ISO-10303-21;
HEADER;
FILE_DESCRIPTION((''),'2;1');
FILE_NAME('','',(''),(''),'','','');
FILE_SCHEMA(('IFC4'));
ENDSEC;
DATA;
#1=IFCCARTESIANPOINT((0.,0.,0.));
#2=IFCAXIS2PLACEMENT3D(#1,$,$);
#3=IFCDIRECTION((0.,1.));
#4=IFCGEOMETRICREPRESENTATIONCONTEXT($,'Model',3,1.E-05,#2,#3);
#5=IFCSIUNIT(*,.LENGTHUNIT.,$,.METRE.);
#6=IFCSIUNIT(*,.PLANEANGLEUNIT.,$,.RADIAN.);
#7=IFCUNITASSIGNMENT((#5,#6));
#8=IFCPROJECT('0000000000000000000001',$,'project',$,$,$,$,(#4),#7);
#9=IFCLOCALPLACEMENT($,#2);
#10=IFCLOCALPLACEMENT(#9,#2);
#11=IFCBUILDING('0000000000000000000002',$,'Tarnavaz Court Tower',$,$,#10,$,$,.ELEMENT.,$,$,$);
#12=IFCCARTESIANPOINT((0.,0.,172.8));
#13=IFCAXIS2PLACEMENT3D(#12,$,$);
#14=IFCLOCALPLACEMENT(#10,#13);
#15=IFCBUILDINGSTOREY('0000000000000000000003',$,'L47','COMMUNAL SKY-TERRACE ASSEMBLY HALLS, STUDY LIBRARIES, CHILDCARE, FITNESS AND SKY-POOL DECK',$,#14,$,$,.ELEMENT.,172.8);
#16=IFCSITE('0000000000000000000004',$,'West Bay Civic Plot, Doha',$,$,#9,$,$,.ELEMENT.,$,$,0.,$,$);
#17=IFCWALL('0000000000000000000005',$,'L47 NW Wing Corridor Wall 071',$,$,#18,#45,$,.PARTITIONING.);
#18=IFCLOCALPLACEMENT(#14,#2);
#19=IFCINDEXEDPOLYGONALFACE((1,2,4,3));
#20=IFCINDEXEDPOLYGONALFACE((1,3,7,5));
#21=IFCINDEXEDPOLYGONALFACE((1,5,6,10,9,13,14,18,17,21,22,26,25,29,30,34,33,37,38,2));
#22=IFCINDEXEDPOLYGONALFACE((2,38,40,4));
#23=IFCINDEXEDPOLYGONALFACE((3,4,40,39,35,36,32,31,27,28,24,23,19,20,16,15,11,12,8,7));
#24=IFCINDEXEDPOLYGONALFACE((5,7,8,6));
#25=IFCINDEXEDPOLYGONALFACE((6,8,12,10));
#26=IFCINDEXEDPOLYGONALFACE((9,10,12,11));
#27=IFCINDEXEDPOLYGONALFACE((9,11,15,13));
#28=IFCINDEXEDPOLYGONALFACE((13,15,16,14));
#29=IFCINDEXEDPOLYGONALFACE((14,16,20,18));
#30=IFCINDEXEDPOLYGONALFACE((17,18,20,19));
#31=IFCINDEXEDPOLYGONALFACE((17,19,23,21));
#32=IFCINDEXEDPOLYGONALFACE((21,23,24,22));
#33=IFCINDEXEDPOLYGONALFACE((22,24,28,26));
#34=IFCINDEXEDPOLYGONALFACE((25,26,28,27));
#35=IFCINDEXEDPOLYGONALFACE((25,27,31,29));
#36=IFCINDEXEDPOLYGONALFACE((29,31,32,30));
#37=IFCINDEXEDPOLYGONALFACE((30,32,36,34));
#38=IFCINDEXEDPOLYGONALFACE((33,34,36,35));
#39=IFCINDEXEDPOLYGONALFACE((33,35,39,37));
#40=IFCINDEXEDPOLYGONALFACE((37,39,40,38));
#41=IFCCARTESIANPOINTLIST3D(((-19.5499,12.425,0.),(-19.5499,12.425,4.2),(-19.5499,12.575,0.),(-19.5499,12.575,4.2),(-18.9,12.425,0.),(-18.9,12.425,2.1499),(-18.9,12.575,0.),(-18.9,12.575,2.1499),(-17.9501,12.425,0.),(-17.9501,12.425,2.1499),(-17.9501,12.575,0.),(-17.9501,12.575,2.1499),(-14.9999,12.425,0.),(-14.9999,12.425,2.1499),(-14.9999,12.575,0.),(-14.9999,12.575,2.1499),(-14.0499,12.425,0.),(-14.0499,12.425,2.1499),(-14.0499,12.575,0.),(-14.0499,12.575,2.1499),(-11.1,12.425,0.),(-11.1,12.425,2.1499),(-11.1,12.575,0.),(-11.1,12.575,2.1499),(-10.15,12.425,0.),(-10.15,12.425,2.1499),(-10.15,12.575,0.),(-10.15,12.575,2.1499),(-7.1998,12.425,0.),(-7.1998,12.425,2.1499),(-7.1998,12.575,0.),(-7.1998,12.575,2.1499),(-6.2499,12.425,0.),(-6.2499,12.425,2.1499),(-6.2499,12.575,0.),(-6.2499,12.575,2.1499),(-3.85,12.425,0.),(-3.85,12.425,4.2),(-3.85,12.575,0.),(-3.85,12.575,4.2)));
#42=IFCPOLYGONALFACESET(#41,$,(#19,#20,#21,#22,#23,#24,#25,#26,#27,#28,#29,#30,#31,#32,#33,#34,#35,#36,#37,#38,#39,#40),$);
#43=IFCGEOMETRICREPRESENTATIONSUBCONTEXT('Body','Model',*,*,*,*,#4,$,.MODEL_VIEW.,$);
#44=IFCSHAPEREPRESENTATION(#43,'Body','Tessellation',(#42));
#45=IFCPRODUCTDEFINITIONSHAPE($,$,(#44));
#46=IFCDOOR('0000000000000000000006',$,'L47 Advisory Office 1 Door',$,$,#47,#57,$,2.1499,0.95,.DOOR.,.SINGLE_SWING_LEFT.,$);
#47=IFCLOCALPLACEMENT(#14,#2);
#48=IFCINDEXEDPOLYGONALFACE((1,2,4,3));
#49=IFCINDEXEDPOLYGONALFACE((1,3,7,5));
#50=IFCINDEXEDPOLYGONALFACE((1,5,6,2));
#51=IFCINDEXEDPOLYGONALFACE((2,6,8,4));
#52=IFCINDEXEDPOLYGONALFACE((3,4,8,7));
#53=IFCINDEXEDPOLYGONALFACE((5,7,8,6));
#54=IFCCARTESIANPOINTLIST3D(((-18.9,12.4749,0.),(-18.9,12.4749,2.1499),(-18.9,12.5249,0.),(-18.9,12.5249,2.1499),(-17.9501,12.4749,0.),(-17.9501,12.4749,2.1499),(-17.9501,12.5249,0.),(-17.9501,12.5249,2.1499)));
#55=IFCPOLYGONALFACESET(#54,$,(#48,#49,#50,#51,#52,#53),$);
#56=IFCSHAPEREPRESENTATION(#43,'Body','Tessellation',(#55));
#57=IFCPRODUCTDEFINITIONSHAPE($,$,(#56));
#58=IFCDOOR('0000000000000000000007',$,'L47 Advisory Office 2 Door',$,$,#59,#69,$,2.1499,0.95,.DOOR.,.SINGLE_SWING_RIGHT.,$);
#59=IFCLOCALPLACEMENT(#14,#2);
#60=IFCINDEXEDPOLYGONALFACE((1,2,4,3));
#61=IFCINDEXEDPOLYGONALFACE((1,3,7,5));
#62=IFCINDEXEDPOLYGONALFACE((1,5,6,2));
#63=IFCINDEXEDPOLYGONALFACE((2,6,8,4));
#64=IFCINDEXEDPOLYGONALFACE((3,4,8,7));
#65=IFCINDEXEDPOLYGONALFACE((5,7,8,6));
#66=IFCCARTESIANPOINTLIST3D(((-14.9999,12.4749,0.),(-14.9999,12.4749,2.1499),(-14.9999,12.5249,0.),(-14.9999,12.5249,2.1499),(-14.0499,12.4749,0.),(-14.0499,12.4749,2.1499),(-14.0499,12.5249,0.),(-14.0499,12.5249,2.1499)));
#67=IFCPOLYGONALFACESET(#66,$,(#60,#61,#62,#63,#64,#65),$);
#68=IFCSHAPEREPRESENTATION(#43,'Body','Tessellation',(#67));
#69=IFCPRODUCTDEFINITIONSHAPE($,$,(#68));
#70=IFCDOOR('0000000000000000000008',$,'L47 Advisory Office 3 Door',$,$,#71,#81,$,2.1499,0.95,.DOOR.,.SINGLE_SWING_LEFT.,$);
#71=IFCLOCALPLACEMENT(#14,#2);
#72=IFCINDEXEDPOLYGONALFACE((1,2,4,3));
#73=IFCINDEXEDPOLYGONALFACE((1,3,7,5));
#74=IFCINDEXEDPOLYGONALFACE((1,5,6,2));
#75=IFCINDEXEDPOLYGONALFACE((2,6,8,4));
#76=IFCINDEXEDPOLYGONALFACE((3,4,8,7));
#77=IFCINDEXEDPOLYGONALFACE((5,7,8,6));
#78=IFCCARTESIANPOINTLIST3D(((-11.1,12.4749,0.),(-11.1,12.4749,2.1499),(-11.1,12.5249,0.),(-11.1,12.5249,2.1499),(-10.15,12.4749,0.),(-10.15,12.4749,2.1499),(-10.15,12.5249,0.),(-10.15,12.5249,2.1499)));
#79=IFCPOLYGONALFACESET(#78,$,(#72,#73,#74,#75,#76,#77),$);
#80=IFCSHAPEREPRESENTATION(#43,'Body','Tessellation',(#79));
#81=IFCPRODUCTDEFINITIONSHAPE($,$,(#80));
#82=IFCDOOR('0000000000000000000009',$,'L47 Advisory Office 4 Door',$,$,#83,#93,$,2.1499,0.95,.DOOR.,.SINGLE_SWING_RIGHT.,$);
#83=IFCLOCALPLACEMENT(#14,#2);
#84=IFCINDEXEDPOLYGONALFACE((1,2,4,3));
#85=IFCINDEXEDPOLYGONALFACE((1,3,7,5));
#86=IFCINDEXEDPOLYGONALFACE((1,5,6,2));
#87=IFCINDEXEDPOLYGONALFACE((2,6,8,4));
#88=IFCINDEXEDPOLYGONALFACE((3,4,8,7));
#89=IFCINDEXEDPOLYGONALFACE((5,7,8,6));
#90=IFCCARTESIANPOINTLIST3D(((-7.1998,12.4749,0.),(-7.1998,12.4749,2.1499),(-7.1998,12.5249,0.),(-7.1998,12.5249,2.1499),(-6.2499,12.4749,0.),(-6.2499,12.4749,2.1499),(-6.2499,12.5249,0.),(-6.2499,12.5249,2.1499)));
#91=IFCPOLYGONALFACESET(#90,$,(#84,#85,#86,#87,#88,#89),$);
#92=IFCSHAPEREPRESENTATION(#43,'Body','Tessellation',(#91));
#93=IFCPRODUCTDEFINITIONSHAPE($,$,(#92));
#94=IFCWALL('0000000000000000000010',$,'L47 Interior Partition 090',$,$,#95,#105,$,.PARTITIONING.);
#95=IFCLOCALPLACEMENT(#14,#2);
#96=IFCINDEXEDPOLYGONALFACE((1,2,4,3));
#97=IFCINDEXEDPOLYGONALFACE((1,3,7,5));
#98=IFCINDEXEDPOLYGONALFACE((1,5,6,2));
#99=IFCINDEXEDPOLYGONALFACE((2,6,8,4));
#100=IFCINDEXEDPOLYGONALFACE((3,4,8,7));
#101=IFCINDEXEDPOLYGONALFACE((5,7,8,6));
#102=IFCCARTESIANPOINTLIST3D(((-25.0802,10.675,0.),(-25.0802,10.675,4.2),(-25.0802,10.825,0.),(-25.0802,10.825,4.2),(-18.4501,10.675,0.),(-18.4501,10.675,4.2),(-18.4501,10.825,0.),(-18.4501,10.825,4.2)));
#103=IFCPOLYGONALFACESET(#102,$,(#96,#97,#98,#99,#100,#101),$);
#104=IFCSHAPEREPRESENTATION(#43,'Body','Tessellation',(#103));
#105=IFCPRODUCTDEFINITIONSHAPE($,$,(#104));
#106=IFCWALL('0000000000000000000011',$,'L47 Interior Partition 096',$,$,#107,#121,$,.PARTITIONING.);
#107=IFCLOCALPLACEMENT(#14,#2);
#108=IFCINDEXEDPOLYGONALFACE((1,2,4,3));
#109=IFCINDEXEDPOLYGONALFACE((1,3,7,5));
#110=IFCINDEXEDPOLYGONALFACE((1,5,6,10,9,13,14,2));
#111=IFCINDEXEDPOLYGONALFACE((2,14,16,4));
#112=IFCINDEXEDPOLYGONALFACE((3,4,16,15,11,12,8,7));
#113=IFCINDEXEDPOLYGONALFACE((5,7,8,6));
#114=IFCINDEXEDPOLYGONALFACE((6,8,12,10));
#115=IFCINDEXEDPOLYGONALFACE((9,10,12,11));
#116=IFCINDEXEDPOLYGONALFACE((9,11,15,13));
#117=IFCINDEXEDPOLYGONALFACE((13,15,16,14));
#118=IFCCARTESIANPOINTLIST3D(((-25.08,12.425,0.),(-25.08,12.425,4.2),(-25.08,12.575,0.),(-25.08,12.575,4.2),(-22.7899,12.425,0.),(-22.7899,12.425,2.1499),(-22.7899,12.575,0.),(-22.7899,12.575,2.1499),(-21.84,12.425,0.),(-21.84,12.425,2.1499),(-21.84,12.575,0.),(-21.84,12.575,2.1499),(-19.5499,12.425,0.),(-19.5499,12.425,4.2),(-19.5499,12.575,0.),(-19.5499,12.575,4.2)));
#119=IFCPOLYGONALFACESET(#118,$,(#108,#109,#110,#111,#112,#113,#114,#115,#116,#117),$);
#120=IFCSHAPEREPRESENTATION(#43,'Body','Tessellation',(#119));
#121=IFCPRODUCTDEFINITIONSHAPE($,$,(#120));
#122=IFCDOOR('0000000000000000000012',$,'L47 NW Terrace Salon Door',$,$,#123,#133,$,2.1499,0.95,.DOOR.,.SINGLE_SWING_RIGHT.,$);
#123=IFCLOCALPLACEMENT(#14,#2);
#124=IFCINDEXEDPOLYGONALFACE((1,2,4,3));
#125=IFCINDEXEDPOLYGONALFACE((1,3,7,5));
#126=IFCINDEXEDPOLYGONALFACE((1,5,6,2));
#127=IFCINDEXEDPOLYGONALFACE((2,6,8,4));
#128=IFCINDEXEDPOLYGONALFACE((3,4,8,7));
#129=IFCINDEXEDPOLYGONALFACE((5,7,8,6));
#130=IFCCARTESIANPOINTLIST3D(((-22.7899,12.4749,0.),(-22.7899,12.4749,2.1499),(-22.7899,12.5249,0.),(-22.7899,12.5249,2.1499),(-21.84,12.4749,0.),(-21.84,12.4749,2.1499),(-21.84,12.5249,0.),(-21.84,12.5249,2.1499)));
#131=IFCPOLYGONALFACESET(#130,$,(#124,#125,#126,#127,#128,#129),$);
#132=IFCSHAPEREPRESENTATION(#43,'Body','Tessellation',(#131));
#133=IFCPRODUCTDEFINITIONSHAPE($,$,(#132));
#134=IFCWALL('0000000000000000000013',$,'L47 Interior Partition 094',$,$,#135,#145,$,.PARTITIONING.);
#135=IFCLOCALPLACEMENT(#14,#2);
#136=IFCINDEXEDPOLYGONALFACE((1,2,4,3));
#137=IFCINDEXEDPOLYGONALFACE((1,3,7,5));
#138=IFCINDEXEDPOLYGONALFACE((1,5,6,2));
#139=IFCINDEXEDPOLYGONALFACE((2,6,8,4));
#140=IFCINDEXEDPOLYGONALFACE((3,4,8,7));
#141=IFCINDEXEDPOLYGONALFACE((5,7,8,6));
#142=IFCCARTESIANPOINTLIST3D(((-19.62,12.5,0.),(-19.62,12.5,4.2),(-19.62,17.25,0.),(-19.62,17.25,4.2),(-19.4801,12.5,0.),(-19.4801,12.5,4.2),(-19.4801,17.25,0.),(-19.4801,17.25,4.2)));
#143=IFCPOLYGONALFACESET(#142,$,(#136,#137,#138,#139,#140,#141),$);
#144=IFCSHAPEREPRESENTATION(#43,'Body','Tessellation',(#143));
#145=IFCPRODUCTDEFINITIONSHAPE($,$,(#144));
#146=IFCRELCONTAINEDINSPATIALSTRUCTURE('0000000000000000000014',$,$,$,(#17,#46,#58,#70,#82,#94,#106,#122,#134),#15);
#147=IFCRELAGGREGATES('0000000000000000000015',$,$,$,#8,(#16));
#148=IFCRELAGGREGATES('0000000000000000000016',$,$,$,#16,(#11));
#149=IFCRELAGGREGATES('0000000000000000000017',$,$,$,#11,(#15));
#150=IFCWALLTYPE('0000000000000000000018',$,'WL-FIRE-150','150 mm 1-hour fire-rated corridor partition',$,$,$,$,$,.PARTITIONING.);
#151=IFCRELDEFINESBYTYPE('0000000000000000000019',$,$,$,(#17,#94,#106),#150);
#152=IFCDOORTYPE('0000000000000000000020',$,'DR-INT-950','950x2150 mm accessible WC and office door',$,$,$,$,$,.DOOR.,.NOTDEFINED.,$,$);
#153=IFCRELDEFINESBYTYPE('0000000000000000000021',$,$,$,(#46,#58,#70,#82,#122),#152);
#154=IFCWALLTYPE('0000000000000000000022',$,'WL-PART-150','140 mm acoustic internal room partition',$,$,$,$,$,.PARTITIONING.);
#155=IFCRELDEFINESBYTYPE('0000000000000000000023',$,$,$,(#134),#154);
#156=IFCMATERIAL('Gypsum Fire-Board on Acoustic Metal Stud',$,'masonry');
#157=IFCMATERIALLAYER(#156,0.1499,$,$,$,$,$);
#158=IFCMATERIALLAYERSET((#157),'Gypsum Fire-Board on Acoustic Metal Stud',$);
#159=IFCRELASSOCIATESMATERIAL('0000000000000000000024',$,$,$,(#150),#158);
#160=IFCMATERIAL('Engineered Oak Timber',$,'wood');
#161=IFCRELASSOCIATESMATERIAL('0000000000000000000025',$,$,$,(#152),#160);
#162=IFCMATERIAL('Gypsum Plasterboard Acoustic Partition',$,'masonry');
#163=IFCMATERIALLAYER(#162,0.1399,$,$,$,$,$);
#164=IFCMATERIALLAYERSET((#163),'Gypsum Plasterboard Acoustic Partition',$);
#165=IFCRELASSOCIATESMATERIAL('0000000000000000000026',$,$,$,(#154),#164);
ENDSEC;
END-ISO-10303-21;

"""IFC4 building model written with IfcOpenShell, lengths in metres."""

from ifc_helpers import new_model, si_unit, direction, frame, frame_2d, origin, place, context, subcontext, project, spatial, rectangle, extrude, material, layer, layer_set, type_object, element, fill, save


model = new_model("IFC4")

# Units and contexts
model_context = context("Model", 3, precision=1e-05, world=origin(), true_north=direction((0.0, 1.0)))
body_context = subcontext(model_context, "Body", "Model", "MODEL_VIEW")
ifc_project = project(units=[si_unit("LENGTHUNIT", "METRE"), si_unit("PLANEANGLEUNIT", "RADIAN")], contexts=[model_context])

# Site, building, storey
site_placement = place(None, origin())
site = spatial("IfcSite", under=ifc_project, at=site_placement, Name="West Bay Civic Plot, Doha", CompositionType="ELEMENT", RefElevation=0.0)
building_placement = place(site_placement, origin())
building = spatial("IfcBuilding", under=site, at=building_placement, Name="Tarnavaz Court Tower", CompositionType="ELEMENT")
storey_placement = place(building_placement, frame((0.0, 0.0, 172.8)))
storey = spatial("IfcBuildingStorey", under=building, at=storey_placement, Name="L47", Description="COMMUNAL SKY-TERRACE ASSEMBLY HALLS, STUDY LIBRARIES, CHILDCARE, FITNESS AND SKY-POOL DECK", CompositionType="ELEMENT", Elevation=172.8)

# Wall, openings, doors
ifc_material_1 = material(Name="Gypsum Fire-Board on Acoustic Metal Stud", Category="masonry")
ifc_layer_1 = layer(ifc_material_1, 0.1499)
ifc_layer_set_1 = layer_set([ifc_layer_1], Name="Gypsum Fire-Board on Acoustic Metal Stud")
wall_type_1 = type_object("IfcWallType", Name="WL-FIRE-150", Description="150 mm 1-hour fire-rated corridor partition", PredefinedType="PARTITIONING", material=ifc_layer_set_1)
wall_1_placement = place(storey_placement, frame((-19.55, 12.5, 0.0), z_axis=(0.0, 0.0, 1.0), x_axis=(1.0, 0.0, 0.0)))
wall_1 = element("IfcWall", 1, at=wall_1_placement, inside=storey, type_object=wall_type_1, Name="L47 NW Wing Corridor Wall 071", PredefinedType="PARTITIONING", context=body_context, shape_type="SweptSolid", body=[
    extrude(rectangle(XDim=15.7, YDim=0.1499, at=frame_2d((7.8501, 0.0))), origin(), (0.0, 0.0, 1.0), 4.2),
])
opening_1_placement = place(wall_1_placement, frame((0.6499, 0.0, 0.0)))
opening_1 = element("IfcOpeningElement", 2, at=opening_1_placement, cuts=wall_1, PredefinedType="OPENING", context=body_context, shape_type="SweptSolid", body=[
    extrude(rectangle(XDim=0.95, YDim=2.1499, at=frame_2d((0.4751, 1.075))), frame((0.0, 0.085, 0.0), z_axis=(0.0, -1.0, 0.0), x_axis=(1.0, 0.0, 0.0)), (0.0, 0.0, 1.0), 0.1699),
])
opening_2_placement = place(wall_1_placement, frame((4.55, 0.0, 0.0)))
opening_2 = element("IfcOpeningElement", 3, at=opening_2_placement, cuts=wall_1, PredefinedType="OPENING", context=body_context, shape_type="SweptSolid", body=[
    extrude(rectangle(XDim=0.95, YDim=2.1499, at=frame_2d((0.4751, 1.075))), frame((0.0, 0.085, 0.0), z_axis=(0.0, -1.0, 0.0), x_axis=(1.0, 0.0, 0.0)), (0.0, 0.0, 1.0), 0.1699),
])
opening_3_placement = place(wall_1_placement, frame((8.45, 0.0, 0.0)))
opening_3 = element("IfcOpeningElement", 4, at=opening_3_placement, cuts=wall_1, PredefinedType="OPENING", context=body_context, shape_type="SweptSolid", body=[
    extrude(rectangle(XDim=0.95, YDim=2.1499, at=frame_2d((0.4751, 1.075))), frame((0.0, 0.085, 0.0), z_axis=(0.0, -1.0, 0.0), x_axis=(1.0, 0.0, 0.0)), (0.0, 0.0, 1.0), 0.1699),
])
opening_4_placement = place(wall_1_placement, frame((12.3501, 0.0, 0.0)))
opening_4 = element("IfcOpeningElement", 5, at=opening_4_placement, cuts=wall_1, PredefinedType="OPENING", context=body_context, shape_type="SweptSolid", body=[
    extrude(rectangle(XDim=0.95, YDim=2.1499, at=frame_2d((0.4751, 1.075))), frame((0.0, 0.085, 0.0), z_axis=(0.0, -1.0, 0.0), x_axis=(1.0, 0.0, 0.0)), (0.0, 0.0, 1.0), 0.1699),
])
ifc_material_2 = material(Name="Engineered Oak Timber", Category="wood")
door_type = type_object("IfcDoorType", Name="DR-INT-950", Description="950x2150 mm accessible WC and office door", OperationType="NOTDEFINED", PredefinedType="DOOR", material=ifc_material_2)
door_1_placement = place(opening_1_placement, origin())
door_1 = element("IfcDoor", 6, at=door_1_placement, inside=storey, type_object=door_type, Name="L47 Advisory Office 1 Door", OperationType="SINGLE_SWING_LEFT", OverallHeight=2.1499, OverallWidth=0.95, PredefinedType="DOOR", context=body_context, shape_type="SweptSolid", body=[
    extrude(rectangle(XDim=0.95, YDim=2.1499, at=frame_2d((0.4751, 1.075))), frame((0.0, 0.0249, 0.0), z_axis=(0.0, -1.0, 0.0), x_axis=(1.0, 0.0, 0.0)), (0.0, 0.0, 1.0), 0.05),
])
fill(opening_1, door_1)
door_2_placement = place(opening_2_placement, origin())
door_2 = element("IfcDoor", 7, at=door_2_placement, inside=storey, type_object=door_type, Name="L47 Advisory Office 2 Door", OperationType="SINGLE_SWING_RIGHT", OverallHeight=2.1499, OverallWidth=0.95, PredefinedType="DOOR", context=body_context, shape_type="SweptSolid", body=[
    extrude(rectangle(XDim=0.95, YDim=2.1499, at=frame_2d((0.4751, 1.075))), frame((0.0, 0.0249, 0.0), z_axis=(0.0, -1.0, 0.0), x_axis=(1.0, 0.0, 0.0)), (0.0, 0.0, 1.0), 0.05),
])
fill(opening_2, door_2)
door_3_placement = place(opening_3_placement, origin())
door_3 = element("IfcDoor", 8, at=door_3_placement, inside=storey, type_object=door_type, Name="L47 Advisory Office 3 Door", OperationType="SINGLE_SWING_LEFT", OverallHeight=2.1499, OverallWidth=0.95, PredefinedType="DOOR", context=body_context, shape_type="SweptSolid", body=[
    extrude(rectangle(XDim=0.95, YDim=2.1499, at=frame_2d((0.4751, 1.075))), frame((0.0, 0.0249, 0.0), z_axis=(0.0, -1.0, 0.0), x_axis=(1.0, 0.0, 0.0)), (0.0, 0.0, 1.0), 0.05),
])
fill(opening_3, door_3)
door_4_placement = place(opening_4_placement, origin())
door_4 = element("IfcDoor", 9, at=door_4_placement, inside=storey, type_object=door_type, Name="L47 Advisory Office 4 Door", OperationType="SINGLE_SWING_RIGHT", OverallHeight=2.1499, OverallWidth=0.95, PredefinedType="DOOR", context=body_context, shape_type="SweptSolid", body=[
    extrude(rectangle(XDim=0.95, YDim=2.1499, at=frame_2d((0.4751, 1.075))), frame((0.0, 0.0249, 0.0), z_axis=(0.0, -1.0, 0.0), x_axis=(1.0, 0.0, 0.0)), (0.0, 0.0, 1.0), 0.05),
])
fill(opening_4, door_4)

# Wall
wall_2_placement = place(storey_placement, frame((-25.0801, 10.75, 0.0), z_axis=(0.0, 0.0, 1.0), x_axis=(1.0, 0.0, 0.0)))
element("IfcWall", 10, at=wall_2_placement, inside=storey, type_object=wall_type_1, Name="L47 Interior Partition 090", PredefinedType="PARTITIONING", context=body_context, shape_type="SweptSolid", body=[
    extrude(rectangle(XDim=6.6301, YDim=0.1499, at=frame_2d((3.3149, 0.0))), origin(), (0.0, 0.0, 1.0), 4.2),
])

# Wall, opening, door
wall_3_placement = place(storey_placement, frame((-25.0801, 12.5, 0.0), z_axis=(0.0, 0.0, 1.0), x_axis=(1.0, 0.0, 0.0)))
wall_3 = element("IfcWall", 11, at=wall_3_placement, inside=storey, type_object=wall_type_1, Name="L47 Interior Partition 096", PredefinedType="PARTITIONING", context=body_context, shape_type="SweptSolid", body=[
    extrude(rectangle(XDim=5.53, YDim=0.1499, at=frame_2d((2.7651, 0.0))), origin(), (0.0, 0.0, 1.0), 4.2),
])
opening_5_placement = place(wall_3_placement, frame((2.29, 0.0, 0.0)))
opening_5 = element("IfcOpeningElement", 12, at=opening_5_placement, cuts=wall_3, PredefinedType="OPENING", context=body_context, shape_type="SweptSolid", body=[
    extrude(rectangle(XDim=0.95, YDim=2.1499, at=frame_2d((0.4751, 1.075))), frame((0.0, 0.085, 0.0), z_axis=(0.0, -1.0, 0.0), x_axis=(1.0, 0.0, 0.0)), (0.0, 0.0, 1.0), 0.1699),
])
door_5_placement = place(opening_5_placement, origin())
door_5 = element("IfcDoor", 13, at=door_5_placement, inside=storey, type_object=door_type, Name="L47 NW Terrace Salon Door", OperationType="SINGLE_SWING_RIGHT", OverallHeight=2.1499, OverallWidth=0.95, PredefinedType="DOOR", context=body_context, shape_type="SweptSolid", body=[
    extrude(rectangle(XDim=0.95, YDim=2.1499, at=frame_2d((0.4751, 1.075))), frame((0.0, 0.0249, 0.0), z_axis=(0.0, -1.0, 0.0), x_axis=(1.0, 0.0, 0.0)), (0.0, 0.0, 1.0), 0.05),
])
fill(opening_5, door_5)

# Wall
ifc_material_3 = material(Name="Gypsum Plasterboard Acoustic Partition", Category="masonry")
ifc_layer_2 = layer(ifc_material_3, 0.1399)
ifc_layer_set_2 = layer_set([ifc_layer_2], Name="Gypsum Plasterboard Acoustic Partition")
wall_type_2 = type_object("IfcWallType", Name="WL-PART-150", Description="140 mm acoustic internal room partition", PredefinedType="PARTITIONING", material=ifc_layer_set_2)
wall_4_placement = place(storey_placement, frame((-19.55, 12.5, 0.0), z_axis=(0.0, 0.0, 1.0), x_axis=(0.0, 1.0, 0.0)))
element("IfcWall", 14, at=wall_4_placement, inside=storey, type_object=wall_type_2, Name="L47 Interior Partition 094", PredefinedType="PARTITIONING", context=body_context, shape_type="SweptSolid", body=[
    extrude(rectangle(XDim=4.75, YDim=0.1399, at=frame_2d((2.375, 0.0))), origin(), (0.0, 0.0, 1.0), 4.2),
])

save(model, "model.ifc")
